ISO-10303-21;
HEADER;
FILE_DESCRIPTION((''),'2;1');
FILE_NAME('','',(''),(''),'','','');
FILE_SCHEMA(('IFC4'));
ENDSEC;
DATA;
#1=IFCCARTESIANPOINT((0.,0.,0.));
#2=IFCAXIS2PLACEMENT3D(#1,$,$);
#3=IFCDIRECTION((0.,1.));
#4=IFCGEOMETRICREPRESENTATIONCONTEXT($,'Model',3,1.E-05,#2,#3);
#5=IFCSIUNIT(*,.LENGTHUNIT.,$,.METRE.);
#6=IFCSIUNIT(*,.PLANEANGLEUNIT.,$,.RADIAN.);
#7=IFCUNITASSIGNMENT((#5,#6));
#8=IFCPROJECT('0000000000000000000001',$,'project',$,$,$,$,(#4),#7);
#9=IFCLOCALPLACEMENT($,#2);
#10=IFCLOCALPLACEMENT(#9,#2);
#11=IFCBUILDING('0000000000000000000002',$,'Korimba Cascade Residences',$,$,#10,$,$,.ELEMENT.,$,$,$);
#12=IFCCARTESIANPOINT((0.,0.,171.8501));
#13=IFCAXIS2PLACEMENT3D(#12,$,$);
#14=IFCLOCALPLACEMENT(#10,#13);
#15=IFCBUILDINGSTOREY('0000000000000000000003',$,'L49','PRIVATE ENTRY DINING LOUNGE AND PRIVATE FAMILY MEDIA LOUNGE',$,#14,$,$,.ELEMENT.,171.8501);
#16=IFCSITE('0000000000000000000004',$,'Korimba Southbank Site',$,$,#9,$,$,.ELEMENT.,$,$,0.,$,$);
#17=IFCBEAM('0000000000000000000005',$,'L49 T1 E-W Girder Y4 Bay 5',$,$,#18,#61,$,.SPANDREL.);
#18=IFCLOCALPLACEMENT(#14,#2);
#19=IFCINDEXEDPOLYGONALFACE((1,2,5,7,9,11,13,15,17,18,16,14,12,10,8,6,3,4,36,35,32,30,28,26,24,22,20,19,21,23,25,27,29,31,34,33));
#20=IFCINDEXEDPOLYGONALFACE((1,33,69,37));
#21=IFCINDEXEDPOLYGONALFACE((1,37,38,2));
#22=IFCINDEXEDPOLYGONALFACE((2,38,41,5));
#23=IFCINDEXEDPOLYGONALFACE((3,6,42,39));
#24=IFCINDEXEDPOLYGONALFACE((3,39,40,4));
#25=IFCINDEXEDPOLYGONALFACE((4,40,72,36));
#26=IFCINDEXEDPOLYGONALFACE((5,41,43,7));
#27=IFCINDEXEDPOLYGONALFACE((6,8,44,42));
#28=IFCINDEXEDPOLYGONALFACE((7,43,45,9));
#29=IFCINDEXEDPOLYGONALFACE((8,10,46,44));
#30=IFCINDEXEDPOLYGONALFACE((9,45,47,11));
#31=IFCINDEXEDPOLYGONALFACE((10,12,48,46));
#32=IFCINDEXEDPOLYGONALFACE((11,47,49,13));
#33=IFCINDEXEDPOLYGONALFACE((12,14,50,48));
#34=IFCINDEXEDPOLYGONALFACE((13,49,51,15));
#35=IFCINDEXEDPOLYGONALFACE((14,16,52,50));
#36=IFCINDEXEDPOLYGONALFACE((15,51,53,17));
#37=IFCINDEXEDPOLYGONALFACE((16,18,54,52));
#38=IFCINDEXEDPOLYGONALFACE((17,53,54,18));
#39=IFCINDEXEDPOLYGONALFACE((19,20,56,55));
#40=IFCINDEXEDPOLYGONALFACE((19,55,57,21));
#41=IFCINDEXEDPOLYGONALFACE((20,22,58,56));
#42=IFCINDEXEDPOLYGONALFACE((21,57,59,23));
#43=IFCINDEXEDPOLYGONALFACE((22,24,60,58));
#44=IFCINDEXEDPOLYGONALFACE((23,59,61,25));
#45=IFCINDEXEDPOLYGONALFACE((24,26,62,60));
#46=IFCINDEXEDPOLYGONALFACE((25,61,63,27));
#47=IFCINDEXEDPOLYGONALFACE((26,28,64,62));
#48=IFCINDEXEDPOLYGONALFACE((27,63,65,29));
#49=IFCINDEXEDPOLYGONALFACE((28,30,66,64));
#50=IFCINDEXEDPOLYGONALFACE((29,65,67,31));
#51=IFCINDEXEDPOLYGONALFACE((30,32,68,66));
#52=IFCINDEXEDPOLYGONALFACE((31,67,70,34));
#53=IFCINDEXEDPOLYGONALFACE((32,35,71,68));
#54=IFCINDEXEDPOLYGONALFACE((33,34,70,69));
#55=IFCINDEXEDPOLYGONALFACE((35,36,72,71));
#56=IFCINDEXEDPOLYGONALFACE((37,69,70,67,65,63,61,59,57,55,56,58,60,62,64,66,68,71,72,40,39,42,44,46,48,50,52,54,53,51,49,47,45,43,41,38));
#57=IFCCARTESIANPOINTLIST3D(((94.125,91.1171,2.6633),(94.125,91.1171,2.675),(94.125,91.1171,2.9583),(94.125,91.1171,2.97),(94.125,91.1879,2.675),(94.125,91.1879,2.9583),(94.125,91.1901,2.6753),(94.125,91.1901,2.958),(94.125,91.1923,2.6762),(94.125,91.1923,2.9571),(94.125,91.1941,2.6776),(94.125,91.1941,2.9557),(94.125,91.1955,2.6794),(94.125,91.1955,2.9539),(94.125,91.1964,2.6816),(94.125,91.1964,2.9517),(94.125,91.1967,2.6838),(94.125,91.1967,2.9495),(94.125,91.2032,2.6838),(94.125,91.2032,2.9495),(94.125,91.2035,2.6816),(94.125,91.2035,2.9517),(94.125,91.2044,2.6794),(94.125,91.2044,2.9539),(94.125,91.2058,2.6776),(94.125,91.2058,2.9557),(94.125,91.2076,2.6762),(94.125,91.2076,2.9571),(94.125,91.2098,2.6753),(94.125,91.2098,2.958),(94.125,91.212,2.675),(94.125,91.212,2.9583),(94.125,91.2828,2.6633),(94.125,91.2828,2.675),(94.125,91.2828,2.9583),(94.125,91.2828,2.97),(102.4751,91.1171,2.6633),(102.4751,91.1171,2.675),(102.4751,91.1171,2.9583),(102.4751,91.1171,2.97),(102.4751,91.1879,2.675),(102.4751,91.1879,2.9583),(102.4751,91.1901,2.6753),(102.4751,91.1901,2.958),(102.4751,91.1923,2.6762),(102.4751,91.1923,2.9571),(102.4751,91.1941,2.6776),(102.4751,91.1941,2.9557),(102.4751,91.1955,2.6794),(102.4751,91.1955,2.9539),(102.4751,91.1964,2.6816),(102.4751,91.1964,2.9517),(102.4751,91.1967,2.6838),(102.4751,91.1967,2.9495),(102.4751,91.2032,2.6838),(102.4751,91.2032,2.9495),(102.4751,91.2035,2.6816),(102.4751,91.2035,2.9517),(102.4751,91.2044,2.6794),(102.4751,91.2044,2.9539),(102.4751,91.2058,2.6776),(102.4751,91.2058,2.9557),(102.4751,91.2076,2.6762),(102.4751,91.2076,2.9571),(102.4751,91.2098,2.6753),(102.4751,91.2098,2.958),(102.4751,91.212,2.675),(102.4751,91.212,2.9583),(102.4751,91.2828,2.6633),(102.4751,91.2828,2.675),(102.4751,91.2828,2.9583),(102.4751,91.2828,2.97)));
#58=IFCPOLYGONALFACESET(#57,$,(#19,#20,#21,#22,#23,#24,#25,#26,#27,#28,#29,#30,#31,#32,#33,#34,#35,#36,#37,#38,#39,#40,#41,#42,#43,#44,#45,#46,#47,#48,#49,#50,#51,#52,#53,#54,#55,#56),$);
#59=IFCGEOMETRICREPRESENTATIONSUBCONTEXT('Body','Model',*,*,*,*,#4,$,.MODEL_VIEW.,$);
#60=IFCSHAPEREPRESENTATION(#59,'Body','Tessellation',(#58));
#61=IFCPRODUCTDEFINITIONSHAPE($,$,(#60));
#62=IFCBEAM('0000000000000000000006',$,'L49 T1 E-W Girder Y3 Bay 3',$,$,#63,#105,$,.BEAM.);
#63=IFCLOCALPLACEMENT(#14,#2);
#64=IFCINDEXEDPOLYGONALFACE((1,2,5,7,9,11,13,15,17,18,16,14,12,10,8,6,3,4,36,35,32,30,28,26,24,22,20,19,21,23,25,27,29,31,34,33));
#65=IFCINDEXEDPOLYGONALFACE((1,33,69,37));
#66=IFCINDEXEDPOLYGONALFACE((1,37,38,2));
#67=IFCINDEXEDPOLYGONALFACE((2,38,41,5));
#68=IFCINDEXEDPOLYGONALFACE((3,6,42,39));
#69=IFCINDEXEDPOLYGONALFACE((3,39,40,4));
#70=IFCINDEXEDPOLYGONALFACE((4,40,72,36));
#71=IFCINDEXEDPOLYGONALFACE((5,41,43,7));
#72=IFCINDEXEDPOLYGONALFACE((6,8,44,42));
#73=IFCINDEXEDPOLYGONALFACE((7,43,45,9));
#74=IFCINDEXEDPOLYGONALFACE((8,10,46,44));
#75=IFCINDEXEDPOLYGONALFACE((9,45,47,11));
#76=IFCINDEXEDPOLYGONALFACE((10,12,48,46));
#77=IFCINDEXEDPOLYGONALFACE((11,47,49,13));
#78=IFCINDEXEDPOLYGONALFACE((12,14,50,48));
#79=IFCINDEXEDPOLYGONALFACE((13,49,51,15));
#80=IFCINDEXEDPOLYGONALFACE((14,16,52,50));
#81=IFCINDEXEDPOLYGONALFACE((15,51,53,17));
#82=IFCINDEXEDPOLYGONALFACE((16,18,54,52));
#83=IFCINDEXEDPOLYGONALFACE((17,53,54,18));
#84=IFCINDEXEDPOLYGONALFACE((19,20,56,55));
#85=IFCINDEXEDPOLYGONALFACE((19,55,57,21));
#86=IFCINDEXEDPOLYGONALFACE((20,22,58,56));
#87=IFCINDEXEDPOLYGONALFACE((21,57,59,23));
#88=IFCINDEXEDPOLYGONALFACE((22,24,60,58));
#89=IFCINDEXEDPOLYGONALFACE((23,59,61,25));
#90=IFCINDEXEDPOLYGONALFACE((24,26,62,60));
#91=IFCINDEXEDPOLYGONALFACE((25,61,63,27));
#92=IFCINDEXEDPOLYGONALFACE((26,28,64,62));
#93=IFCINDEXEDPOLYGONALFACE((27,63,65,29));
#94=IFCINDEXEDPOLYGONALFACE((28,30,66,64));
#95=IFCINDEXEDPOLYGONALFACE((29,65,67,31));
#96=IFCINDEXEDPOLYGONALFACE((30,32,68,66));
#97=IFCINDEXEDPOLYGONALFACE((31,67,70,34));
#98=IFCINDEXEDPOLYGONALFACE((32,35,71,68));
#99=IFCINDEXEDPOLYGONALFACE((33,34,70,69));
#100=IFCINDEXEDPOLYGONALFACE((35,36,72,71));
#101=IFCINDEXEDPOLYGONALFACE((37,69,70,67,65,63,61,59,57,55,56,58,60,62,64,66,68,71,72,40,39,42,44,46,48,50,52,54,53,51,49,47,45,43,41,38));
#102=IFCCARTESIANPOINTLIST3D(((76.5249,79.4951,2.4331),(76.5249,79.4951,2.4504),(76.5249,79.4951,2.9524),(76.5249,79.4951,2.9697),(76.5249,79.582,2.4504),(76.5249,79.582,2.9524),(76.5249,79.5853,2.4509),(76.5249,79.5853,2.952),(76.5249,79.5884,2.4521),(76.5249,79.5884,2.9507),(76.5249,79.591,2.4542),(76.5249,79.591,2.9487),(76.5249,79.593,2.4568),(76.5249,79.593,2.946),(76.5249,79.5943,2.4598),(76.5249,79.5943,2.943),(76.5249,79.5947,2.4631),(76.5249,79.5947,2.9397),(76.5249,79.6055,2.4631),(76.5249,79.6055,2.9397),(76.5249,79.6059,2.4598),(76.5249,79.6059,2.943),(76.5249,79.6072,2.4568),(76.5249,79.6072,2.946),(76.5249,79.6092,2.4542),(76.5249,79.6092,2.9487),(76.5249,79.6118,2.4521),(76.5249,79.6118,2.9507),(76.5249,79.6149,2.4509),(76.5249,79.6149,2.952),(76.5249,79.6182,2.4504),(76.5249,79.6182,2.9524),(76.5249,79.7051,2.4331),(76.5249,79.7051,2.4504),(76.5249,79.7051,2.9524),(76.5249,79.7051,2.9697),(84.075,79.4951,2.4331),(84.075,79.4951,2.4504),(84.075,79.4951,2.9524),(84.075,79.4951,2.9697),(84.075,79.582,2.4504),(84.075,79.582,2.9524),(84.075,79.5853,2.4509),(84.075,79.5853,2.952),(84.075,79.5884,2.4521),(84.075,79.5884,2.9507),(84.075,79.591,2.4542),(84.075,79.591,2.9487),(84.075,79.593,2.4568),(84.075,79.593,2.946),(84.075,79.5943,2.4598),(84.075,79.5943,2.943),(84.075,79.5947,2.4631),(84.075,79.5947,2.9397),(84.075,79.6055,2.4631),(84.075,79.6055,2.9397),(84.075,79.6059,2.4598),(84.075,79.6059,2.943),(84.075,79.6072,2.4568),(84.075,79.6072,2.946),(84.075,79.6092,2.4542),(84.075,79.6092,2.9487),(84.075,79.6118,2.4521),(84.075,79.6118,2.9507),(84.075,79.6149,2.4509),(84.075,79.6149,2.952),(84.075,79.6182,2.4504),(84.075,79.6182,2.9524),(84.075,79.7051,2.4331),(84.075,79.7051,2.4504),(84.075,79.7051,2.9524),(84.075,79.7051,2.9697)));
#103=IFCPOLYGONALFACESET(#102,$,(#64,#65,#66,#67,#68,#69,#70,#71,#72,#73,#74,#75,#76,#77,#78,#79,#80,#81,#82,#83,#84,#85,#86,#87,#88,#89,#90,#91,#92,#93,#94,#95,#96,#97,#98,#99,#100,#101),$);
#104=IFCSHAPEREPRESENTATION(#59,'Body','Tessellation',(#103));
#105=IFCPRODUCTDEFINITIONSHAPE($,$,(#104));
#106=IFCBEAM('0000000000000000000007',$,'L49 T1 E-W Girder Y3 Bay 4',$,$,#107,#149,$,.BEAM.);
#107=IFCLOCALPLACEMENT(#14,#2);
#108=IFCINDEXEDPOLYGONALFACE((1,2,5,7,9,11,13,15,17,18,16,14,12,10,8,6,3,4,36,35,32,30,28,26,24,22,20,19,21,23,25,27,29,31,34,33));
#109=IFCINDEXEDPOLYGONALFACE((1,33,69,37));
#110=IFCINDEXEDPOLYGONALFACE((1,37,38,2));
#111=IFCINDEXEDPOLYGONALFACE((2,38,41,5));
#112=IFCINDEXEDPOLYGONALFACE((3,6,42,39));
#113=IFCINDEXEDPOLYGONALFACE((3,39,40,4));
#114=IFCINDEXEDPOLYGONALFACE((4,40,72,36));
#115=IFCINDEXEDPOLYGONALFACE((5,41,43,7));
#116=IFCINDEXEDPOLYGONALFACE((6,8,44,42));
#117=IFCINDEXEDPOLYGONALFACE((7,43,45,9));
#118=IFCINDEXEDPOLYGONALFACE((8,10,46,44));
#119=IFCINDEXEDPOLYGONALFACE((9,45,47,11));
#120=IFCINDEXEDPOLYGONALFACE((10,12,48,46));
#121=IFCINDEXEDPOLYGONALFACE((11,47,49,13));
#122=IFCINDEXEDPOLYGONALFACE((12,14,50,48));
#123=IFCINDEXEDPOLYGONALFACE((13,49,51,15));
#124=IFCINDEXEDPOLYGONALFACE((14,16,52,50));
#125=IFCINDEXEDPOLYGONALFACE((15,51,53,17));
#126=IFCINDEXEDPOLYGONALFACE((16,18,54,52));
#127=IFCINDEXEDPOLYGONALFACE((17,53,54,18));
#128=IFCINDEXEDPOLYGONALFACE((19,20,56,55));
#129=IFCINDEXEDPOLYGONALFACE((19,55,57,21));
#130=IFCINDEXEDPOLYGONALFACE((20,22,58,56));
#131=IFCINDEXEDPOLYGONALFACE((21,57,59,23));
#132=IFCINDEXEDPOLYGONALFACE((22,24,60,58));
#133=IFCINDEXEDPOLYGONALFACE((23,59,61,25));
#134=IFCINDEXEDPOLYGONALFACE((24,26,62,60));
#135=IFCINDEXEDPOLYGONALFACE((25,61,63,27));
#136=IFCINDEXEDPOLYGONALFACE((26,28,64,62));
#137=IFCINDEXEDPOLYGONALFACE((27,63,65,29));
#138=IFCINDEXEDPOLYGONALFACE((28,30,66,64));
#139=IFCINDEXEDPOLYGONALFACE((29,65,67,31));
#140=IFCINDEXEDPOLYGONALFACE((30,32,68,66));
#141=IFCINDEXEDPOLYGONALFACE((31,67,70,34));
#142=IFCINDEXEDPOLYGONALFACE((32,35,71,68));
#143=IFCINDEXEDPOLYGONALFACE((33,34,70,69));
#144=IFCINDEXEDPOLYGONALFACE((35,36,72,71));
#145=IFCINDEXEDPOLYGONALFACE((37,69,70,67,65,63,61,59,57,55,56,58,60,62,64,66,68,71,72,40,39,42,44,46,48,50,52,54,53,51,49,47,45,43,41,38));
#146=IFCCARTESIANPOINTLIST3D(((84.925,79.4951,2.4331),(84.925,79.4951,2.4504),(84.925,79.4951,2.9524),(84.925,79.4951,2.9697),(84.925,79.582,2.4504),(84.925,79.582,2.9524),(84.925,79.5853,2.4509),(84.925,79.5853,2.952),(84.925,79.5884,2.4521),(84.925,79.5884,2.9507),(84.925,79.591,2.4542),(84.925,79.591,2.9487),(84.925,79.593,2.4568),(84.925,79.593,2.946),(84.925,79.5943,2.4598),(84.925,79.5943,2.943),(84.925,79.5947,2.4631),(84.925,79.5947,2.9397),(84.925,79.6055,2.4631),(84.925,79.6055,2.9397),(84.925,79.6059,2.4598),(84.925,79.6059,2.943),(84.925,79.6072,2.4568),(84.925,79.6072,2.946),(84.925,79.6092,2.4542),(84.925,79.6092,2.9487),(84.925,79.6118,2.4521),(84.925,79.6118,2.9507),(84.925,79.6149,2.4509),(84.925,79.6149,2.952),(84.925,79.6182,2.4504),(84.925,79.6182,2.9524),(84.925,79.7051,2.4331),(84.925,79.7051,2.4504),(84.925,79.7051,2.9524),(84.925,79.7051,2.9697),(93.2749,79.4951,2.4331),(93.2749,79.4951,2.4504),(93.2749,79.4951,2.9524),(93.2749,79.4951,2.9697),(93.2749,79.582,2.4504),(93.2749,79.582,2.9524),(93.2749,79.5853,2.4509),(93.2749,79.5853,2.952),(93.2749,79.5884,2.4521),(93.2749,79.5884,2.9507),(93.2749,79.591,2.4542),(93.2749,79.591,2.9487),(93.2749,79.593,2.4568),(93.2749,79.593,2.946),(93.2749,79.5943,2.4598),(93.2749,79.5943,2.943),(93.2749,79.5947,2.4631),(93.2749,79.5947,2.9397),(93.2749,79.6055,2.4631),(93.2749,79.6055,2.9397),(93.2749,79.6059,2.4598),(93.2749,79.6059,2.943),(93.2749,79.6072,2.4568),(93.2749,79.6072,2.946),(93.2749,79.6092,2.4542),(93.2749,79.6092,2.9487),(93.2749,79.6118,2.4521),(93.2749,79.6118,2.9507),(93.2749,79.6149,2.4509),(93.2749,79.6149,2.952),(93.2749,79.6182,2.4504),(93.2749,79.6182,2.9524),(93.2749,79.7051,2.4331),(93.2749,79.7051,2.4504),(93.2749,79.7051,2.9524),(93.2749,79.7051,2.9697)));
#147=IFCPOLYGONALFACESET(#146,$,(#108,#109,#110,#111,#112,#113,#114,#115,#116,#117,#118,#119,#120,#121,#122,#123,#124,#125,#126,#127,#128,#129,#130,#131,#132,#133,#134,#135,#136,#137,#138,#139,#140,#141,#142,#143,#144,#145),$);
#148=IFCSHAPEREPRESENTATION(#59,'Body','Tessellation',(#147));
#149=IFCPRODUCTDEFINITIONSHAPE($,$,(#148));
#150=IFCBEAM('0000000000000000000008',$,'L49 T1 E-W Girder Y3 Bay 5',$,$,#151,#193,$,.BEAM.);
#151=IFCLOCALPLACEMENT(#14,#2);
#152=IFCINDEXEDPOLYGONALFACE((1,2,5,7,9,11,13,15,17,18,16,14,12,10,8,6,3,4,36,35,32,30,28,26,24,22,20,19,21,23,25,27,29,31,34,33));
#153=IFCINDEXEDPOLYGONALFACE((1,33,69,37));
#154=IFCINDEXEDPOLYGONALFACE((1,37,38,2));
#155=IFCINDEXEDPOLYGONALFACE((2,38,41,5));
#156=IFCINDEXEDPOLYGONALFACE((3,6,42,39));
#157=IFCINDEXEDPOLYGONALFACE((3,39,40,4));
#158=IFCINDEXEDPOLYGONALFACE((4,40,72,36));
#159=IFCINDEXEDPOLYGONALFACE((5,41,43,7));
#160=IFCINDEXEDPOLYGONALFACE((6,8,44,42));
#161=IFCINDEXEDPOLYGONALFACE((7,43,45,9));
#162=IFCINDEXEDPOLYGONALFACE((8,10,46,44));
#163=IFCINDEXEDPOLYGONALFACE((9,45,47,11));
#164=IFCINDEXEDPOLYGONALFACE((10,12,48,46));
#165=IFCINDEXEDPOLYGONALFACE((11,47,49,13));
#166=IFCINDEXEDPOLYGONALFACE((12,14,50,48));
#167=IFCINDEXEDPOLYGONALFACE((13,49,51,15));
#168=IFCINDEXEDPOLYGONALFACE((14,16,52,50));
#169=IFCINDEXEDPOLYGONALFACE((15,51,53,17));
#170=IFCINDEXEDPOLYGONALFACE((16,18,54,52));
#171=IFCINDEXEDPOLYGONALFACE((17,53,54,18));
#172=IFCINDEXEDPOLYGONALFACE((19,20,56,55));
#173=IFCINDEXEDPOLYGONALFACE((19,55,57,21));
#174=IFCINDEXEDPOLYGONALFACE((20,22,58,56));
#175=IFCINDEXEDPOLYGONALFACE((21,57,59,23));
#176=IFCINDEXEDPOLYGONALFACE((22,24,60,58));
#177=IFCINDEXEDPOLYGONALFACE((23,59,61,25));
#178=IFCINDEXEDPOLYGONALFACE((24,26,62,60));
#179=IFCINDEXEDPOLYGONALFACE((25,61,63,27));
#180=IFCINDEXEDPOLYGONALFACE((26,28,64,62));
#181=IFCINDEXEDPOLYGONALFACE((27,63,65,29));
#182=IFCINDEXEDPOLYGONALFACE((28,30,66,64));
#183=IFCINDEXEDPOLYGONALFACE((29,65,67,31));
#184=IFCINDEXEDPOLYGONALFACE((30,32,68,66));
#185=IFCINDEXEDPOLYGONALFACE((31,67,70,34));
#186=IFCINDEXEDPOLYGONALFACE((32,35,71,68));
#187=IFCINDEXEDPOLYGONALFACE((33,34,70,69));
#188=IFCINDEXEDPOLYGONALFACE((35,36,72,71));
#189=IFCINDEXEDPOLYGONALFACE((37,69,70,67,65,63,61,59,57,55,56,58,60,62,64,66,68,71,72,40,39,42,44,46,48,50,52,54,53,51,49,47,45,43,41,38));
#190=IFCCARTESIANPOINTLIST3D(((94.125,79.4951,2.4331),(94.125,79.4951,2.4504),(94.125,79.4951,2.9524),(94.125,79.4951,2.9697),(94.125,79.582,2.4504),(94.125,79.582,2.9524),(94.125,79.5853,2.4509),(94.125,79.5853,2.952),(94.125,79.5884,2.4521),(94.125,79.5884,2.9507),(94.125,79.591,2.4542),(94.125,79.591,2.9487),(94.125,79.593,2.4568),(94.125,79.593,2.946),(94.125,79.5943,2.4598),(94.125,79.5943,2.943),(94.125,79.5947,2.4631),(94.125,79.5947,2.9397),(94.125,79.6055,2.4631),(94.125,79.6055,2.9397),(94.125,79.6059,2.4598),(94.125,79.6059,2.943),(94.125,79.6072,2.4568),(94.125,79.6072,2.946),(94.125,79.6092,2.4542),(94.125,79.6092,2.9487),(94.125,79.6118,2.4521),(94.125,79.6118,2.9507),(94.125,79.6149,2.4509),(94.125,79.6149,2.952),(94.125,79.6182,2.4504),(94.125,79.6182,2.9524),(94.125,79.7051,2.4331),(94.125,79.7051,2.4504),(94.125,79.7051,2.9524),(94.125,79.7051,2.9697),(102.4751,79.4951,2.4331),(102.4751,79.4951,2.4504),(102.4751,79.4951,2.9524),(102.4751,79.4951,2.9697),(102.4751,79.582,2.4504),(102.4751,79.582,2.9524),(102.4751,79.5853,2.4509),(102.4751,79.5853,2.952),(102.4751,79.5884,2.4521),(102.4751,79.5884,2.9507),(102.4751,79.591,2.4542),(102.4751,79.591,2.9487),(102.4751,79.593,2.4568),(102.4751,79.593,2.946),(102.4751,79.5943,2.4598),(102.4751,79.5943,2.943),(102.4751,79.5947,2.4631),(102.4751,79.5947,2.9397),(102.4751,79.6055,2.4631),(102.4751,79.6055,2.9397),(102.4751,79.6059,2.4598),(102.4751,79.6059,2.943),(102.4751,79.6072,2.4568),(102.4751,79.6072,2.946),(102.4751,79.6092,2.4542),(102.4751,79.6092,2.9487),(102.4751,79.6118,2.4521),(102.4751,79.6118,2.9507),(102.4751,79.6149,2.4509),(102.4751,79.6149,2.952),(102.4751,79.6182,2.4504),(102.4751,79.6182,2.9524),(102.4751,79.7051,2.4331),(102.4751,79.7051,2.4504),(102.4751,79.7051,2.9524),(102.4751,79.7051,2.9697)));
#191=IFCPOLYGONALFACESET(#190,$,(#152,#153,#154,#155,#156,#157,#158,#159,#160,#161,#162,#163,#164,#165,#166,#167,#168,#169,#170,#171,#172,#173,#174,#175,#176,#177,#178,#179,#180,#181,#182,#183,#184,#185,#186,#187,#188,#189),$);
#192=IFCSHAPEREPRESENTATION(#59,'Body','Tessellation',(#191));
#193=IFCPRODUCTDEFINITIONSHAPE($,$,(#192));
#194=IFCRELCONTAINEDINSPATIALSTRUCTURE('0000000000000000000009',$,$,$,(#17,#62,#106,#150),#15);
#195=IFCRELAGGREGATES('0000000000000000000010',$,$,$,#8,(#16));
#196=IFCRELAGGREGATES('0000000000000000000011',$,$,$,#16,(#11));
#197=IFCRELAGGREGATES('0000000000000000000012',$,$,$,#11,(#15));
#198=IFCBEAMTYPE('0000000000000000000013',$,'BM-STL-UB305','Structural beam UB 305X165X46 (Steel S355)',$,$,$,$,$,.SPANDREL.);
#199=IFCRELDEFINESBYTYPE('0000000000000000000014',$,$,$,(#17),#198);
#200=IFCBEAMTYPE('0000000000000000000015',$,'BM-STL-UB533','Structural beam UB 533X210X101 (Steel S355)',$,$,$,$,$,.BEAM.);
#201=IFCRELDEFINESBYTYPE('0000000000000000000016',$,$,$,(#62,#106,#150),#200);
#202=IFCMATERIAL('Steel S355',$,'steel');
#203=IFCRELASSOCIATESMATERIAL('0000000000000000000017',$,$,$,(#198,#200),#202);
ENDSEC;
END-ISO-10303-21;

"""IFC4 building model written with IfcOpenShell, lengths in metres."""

from ifc_helpers import new_model, si_unit, direction, frame, origin, origin_2d, place, context, subcontext, project, spatial, i_section, extrude, material, material_profile, profile_set, type_object, element, save


model = new_model("IFC4")

# Units and contexts
model_context = context("Model", 3, precision=1e-05, world=origin(), true_north=direction((0.0, 1.0)))
body_context = subcontext(model_context, "Body", "Model", "MODEL_VIEW")
ifc_project = project(units=[si_unit("LENGTHUNIT", "METRE"), si_unit("PLANEANGLEUNIT", "RADIAN")], contexts=[model_context])

# Site, building, storey
site_placement = place(None, origin())
site = spatial("IfcSite", under=ifc_project, at=site_placement, Name="Korimba Southbank Site", CompositionType="ELEMENT", RefElevation=0.0)
building_placement = place(site_placement, origin())
building = spatial("IfcBuilding", under=site, at=building_placement, Name="Korimba Cascade Residences", CompositionType="ELEMENT")
storey_placement = place(building_placement, frame((0.0, 0.0, 171.8501)))
storey = spatial("IfcBuildingStorey", under=building, at=storey_placement, Name="L49", Description="PRIVATE ENTRY DINING LOUNGE AND PRIVATE FAMILY MEDIA LOUNGE", CompositionType="ELEMENT", Elevation=171.8501)

# Beams
ifc_material_1 = material(Name="Steel S355", Category="steel")
ifc_material_profile_1 = material_profile(ifc_material_1, i_section(OverallWidth=0.1658, OverallDepth=0.3066, WebThickness=0.0066, FlangeThickness=0.0117, FilletRadius=0.0088, at=origin_2d()), Name="Steel S355")
ifc_profile_set_1 = profile_set([ifc_material_profile_1], Name="Steel S355")
beam_type_1 = type_object("IfcBeamType", Name="BM-STL-UB305", Description="Structural beam UB 305X165X46 (Steel S355)", PredefinedType="SPANDREL", material=ifc_profile_set_1)
beam_1_placement = place(storey_placement, frame((94.125, 91.2, 2.8167), z_axis=(1.0, 0.0, 0.0), x_axis=(0.0, 1.0, 0.0)))
element("IfcBeam", 1, at=beam_1_placement, inside=storey, type_object=beam_type_1, Name="L49 T1 E-W Girder Y4 Bay 5", PredefinedType="SPANDREL", context=body_context, shape_type="SweptSolid", body=[
    extrude(i_section(OverallWidth=0.1658, OverallDepth=0.3066, WebThickness=0.0066, FlangeThickness=0.0117, FilletRadius=0.0088, at=origin_2d()), origin(), (0.0, 0.0, 1.0), 8.3501),
])
ifc_material_profile_2 = material_profile(ifc_material_1, i_section(OverallWidth=0.21, OverallDepth=0.5366, WebThickness=0.0107, FlangeThickness=0.0173, FilletRadius=0.0127, at=origin_2d()), Name="Steel S355")
ifc_profile_set_2 = profile_set([ifc_material_profile_2], Name="Steel S355")
beam_type_2 = type_object("IfcBeamType", Name="BM-STL-UB533", Description="Structural beam UB 533X210X101 (Steel S355)", PredefinedType="BEAM", material=ifc_profile_set_2)
beam_2_placement = place(storey_placement, frame((76.5249, 79.6001, 2.7014), z_axis=(1.0, 0.0, 0.0), x_axis=(0.0, 1.0, 0.0)))
element("IfcBeam", 2, at=beam_2_placement, inside=storey, type_object=beam_type_2, Name="L49 T1 E-W Girder Y3 Bay 3", PredefinedType="BEAM", context=body_context, shape_type="SweptSolid", body=[
    extrude(i_section(OverallWidth=0.21, OverallDepth=0.5366, WebThickness=0.0107, FlangeThickness=0.0173, FilletRadius=0.0127, at=origin_2d()), origin(), (0.0, 0.0, 1.0), 7.55),
])
beam_3_placement = place(storey_placement, frame((84.925, 79.6001, 2.7014), z_axis=(1.0, 0.0, 0.0), x_axis=(0.0, 1.0, 0.0)))
element("IfcBeam", 3, at=beam_3_placement, inside=storey, type_object=beam_type_2, Name="L49 T1 E-W Girder Y3 Bay 4", PredefinedType="BEAM", context=body_context, shape_type="SweptSolid", body=[
    extrude(i_section(OverallWidth=0.21, OverallDepth=0.5366, WebThickness=0.0107, FlangeThickness=0.0173, FilletRadius=0.0127, at=origin_2d()), origin(), (0.0, 0.0, 1.0), 8.3499),
])
beam_4_placement = place(storey_placement, frame((94.125, 79.6001, 2.7014), z_axis=(1.0, 0.0, 0.0), x_axis=(0.0, 1.0, 0.0)))
element("IfcBeam", 4, at=beam_4_placement, inside=storey, type_object=beam_type_2, Name="L49 T1 E-W Girder Y3 Bay 5", PredefinedType="BEAM", context=body_context, shape_type="SweptSolid", body=[
    extrude(i_section(OverallWidth=0.21, OverallDepth=0.5366, WebThickness=0.0107, FlangeThickness=0.0173, FilletRadius=0.0127, at=origin_2d()), origin(), (0.0, 0.0, 1.0), 8.3501),
])

save(model, "model.ifc")
